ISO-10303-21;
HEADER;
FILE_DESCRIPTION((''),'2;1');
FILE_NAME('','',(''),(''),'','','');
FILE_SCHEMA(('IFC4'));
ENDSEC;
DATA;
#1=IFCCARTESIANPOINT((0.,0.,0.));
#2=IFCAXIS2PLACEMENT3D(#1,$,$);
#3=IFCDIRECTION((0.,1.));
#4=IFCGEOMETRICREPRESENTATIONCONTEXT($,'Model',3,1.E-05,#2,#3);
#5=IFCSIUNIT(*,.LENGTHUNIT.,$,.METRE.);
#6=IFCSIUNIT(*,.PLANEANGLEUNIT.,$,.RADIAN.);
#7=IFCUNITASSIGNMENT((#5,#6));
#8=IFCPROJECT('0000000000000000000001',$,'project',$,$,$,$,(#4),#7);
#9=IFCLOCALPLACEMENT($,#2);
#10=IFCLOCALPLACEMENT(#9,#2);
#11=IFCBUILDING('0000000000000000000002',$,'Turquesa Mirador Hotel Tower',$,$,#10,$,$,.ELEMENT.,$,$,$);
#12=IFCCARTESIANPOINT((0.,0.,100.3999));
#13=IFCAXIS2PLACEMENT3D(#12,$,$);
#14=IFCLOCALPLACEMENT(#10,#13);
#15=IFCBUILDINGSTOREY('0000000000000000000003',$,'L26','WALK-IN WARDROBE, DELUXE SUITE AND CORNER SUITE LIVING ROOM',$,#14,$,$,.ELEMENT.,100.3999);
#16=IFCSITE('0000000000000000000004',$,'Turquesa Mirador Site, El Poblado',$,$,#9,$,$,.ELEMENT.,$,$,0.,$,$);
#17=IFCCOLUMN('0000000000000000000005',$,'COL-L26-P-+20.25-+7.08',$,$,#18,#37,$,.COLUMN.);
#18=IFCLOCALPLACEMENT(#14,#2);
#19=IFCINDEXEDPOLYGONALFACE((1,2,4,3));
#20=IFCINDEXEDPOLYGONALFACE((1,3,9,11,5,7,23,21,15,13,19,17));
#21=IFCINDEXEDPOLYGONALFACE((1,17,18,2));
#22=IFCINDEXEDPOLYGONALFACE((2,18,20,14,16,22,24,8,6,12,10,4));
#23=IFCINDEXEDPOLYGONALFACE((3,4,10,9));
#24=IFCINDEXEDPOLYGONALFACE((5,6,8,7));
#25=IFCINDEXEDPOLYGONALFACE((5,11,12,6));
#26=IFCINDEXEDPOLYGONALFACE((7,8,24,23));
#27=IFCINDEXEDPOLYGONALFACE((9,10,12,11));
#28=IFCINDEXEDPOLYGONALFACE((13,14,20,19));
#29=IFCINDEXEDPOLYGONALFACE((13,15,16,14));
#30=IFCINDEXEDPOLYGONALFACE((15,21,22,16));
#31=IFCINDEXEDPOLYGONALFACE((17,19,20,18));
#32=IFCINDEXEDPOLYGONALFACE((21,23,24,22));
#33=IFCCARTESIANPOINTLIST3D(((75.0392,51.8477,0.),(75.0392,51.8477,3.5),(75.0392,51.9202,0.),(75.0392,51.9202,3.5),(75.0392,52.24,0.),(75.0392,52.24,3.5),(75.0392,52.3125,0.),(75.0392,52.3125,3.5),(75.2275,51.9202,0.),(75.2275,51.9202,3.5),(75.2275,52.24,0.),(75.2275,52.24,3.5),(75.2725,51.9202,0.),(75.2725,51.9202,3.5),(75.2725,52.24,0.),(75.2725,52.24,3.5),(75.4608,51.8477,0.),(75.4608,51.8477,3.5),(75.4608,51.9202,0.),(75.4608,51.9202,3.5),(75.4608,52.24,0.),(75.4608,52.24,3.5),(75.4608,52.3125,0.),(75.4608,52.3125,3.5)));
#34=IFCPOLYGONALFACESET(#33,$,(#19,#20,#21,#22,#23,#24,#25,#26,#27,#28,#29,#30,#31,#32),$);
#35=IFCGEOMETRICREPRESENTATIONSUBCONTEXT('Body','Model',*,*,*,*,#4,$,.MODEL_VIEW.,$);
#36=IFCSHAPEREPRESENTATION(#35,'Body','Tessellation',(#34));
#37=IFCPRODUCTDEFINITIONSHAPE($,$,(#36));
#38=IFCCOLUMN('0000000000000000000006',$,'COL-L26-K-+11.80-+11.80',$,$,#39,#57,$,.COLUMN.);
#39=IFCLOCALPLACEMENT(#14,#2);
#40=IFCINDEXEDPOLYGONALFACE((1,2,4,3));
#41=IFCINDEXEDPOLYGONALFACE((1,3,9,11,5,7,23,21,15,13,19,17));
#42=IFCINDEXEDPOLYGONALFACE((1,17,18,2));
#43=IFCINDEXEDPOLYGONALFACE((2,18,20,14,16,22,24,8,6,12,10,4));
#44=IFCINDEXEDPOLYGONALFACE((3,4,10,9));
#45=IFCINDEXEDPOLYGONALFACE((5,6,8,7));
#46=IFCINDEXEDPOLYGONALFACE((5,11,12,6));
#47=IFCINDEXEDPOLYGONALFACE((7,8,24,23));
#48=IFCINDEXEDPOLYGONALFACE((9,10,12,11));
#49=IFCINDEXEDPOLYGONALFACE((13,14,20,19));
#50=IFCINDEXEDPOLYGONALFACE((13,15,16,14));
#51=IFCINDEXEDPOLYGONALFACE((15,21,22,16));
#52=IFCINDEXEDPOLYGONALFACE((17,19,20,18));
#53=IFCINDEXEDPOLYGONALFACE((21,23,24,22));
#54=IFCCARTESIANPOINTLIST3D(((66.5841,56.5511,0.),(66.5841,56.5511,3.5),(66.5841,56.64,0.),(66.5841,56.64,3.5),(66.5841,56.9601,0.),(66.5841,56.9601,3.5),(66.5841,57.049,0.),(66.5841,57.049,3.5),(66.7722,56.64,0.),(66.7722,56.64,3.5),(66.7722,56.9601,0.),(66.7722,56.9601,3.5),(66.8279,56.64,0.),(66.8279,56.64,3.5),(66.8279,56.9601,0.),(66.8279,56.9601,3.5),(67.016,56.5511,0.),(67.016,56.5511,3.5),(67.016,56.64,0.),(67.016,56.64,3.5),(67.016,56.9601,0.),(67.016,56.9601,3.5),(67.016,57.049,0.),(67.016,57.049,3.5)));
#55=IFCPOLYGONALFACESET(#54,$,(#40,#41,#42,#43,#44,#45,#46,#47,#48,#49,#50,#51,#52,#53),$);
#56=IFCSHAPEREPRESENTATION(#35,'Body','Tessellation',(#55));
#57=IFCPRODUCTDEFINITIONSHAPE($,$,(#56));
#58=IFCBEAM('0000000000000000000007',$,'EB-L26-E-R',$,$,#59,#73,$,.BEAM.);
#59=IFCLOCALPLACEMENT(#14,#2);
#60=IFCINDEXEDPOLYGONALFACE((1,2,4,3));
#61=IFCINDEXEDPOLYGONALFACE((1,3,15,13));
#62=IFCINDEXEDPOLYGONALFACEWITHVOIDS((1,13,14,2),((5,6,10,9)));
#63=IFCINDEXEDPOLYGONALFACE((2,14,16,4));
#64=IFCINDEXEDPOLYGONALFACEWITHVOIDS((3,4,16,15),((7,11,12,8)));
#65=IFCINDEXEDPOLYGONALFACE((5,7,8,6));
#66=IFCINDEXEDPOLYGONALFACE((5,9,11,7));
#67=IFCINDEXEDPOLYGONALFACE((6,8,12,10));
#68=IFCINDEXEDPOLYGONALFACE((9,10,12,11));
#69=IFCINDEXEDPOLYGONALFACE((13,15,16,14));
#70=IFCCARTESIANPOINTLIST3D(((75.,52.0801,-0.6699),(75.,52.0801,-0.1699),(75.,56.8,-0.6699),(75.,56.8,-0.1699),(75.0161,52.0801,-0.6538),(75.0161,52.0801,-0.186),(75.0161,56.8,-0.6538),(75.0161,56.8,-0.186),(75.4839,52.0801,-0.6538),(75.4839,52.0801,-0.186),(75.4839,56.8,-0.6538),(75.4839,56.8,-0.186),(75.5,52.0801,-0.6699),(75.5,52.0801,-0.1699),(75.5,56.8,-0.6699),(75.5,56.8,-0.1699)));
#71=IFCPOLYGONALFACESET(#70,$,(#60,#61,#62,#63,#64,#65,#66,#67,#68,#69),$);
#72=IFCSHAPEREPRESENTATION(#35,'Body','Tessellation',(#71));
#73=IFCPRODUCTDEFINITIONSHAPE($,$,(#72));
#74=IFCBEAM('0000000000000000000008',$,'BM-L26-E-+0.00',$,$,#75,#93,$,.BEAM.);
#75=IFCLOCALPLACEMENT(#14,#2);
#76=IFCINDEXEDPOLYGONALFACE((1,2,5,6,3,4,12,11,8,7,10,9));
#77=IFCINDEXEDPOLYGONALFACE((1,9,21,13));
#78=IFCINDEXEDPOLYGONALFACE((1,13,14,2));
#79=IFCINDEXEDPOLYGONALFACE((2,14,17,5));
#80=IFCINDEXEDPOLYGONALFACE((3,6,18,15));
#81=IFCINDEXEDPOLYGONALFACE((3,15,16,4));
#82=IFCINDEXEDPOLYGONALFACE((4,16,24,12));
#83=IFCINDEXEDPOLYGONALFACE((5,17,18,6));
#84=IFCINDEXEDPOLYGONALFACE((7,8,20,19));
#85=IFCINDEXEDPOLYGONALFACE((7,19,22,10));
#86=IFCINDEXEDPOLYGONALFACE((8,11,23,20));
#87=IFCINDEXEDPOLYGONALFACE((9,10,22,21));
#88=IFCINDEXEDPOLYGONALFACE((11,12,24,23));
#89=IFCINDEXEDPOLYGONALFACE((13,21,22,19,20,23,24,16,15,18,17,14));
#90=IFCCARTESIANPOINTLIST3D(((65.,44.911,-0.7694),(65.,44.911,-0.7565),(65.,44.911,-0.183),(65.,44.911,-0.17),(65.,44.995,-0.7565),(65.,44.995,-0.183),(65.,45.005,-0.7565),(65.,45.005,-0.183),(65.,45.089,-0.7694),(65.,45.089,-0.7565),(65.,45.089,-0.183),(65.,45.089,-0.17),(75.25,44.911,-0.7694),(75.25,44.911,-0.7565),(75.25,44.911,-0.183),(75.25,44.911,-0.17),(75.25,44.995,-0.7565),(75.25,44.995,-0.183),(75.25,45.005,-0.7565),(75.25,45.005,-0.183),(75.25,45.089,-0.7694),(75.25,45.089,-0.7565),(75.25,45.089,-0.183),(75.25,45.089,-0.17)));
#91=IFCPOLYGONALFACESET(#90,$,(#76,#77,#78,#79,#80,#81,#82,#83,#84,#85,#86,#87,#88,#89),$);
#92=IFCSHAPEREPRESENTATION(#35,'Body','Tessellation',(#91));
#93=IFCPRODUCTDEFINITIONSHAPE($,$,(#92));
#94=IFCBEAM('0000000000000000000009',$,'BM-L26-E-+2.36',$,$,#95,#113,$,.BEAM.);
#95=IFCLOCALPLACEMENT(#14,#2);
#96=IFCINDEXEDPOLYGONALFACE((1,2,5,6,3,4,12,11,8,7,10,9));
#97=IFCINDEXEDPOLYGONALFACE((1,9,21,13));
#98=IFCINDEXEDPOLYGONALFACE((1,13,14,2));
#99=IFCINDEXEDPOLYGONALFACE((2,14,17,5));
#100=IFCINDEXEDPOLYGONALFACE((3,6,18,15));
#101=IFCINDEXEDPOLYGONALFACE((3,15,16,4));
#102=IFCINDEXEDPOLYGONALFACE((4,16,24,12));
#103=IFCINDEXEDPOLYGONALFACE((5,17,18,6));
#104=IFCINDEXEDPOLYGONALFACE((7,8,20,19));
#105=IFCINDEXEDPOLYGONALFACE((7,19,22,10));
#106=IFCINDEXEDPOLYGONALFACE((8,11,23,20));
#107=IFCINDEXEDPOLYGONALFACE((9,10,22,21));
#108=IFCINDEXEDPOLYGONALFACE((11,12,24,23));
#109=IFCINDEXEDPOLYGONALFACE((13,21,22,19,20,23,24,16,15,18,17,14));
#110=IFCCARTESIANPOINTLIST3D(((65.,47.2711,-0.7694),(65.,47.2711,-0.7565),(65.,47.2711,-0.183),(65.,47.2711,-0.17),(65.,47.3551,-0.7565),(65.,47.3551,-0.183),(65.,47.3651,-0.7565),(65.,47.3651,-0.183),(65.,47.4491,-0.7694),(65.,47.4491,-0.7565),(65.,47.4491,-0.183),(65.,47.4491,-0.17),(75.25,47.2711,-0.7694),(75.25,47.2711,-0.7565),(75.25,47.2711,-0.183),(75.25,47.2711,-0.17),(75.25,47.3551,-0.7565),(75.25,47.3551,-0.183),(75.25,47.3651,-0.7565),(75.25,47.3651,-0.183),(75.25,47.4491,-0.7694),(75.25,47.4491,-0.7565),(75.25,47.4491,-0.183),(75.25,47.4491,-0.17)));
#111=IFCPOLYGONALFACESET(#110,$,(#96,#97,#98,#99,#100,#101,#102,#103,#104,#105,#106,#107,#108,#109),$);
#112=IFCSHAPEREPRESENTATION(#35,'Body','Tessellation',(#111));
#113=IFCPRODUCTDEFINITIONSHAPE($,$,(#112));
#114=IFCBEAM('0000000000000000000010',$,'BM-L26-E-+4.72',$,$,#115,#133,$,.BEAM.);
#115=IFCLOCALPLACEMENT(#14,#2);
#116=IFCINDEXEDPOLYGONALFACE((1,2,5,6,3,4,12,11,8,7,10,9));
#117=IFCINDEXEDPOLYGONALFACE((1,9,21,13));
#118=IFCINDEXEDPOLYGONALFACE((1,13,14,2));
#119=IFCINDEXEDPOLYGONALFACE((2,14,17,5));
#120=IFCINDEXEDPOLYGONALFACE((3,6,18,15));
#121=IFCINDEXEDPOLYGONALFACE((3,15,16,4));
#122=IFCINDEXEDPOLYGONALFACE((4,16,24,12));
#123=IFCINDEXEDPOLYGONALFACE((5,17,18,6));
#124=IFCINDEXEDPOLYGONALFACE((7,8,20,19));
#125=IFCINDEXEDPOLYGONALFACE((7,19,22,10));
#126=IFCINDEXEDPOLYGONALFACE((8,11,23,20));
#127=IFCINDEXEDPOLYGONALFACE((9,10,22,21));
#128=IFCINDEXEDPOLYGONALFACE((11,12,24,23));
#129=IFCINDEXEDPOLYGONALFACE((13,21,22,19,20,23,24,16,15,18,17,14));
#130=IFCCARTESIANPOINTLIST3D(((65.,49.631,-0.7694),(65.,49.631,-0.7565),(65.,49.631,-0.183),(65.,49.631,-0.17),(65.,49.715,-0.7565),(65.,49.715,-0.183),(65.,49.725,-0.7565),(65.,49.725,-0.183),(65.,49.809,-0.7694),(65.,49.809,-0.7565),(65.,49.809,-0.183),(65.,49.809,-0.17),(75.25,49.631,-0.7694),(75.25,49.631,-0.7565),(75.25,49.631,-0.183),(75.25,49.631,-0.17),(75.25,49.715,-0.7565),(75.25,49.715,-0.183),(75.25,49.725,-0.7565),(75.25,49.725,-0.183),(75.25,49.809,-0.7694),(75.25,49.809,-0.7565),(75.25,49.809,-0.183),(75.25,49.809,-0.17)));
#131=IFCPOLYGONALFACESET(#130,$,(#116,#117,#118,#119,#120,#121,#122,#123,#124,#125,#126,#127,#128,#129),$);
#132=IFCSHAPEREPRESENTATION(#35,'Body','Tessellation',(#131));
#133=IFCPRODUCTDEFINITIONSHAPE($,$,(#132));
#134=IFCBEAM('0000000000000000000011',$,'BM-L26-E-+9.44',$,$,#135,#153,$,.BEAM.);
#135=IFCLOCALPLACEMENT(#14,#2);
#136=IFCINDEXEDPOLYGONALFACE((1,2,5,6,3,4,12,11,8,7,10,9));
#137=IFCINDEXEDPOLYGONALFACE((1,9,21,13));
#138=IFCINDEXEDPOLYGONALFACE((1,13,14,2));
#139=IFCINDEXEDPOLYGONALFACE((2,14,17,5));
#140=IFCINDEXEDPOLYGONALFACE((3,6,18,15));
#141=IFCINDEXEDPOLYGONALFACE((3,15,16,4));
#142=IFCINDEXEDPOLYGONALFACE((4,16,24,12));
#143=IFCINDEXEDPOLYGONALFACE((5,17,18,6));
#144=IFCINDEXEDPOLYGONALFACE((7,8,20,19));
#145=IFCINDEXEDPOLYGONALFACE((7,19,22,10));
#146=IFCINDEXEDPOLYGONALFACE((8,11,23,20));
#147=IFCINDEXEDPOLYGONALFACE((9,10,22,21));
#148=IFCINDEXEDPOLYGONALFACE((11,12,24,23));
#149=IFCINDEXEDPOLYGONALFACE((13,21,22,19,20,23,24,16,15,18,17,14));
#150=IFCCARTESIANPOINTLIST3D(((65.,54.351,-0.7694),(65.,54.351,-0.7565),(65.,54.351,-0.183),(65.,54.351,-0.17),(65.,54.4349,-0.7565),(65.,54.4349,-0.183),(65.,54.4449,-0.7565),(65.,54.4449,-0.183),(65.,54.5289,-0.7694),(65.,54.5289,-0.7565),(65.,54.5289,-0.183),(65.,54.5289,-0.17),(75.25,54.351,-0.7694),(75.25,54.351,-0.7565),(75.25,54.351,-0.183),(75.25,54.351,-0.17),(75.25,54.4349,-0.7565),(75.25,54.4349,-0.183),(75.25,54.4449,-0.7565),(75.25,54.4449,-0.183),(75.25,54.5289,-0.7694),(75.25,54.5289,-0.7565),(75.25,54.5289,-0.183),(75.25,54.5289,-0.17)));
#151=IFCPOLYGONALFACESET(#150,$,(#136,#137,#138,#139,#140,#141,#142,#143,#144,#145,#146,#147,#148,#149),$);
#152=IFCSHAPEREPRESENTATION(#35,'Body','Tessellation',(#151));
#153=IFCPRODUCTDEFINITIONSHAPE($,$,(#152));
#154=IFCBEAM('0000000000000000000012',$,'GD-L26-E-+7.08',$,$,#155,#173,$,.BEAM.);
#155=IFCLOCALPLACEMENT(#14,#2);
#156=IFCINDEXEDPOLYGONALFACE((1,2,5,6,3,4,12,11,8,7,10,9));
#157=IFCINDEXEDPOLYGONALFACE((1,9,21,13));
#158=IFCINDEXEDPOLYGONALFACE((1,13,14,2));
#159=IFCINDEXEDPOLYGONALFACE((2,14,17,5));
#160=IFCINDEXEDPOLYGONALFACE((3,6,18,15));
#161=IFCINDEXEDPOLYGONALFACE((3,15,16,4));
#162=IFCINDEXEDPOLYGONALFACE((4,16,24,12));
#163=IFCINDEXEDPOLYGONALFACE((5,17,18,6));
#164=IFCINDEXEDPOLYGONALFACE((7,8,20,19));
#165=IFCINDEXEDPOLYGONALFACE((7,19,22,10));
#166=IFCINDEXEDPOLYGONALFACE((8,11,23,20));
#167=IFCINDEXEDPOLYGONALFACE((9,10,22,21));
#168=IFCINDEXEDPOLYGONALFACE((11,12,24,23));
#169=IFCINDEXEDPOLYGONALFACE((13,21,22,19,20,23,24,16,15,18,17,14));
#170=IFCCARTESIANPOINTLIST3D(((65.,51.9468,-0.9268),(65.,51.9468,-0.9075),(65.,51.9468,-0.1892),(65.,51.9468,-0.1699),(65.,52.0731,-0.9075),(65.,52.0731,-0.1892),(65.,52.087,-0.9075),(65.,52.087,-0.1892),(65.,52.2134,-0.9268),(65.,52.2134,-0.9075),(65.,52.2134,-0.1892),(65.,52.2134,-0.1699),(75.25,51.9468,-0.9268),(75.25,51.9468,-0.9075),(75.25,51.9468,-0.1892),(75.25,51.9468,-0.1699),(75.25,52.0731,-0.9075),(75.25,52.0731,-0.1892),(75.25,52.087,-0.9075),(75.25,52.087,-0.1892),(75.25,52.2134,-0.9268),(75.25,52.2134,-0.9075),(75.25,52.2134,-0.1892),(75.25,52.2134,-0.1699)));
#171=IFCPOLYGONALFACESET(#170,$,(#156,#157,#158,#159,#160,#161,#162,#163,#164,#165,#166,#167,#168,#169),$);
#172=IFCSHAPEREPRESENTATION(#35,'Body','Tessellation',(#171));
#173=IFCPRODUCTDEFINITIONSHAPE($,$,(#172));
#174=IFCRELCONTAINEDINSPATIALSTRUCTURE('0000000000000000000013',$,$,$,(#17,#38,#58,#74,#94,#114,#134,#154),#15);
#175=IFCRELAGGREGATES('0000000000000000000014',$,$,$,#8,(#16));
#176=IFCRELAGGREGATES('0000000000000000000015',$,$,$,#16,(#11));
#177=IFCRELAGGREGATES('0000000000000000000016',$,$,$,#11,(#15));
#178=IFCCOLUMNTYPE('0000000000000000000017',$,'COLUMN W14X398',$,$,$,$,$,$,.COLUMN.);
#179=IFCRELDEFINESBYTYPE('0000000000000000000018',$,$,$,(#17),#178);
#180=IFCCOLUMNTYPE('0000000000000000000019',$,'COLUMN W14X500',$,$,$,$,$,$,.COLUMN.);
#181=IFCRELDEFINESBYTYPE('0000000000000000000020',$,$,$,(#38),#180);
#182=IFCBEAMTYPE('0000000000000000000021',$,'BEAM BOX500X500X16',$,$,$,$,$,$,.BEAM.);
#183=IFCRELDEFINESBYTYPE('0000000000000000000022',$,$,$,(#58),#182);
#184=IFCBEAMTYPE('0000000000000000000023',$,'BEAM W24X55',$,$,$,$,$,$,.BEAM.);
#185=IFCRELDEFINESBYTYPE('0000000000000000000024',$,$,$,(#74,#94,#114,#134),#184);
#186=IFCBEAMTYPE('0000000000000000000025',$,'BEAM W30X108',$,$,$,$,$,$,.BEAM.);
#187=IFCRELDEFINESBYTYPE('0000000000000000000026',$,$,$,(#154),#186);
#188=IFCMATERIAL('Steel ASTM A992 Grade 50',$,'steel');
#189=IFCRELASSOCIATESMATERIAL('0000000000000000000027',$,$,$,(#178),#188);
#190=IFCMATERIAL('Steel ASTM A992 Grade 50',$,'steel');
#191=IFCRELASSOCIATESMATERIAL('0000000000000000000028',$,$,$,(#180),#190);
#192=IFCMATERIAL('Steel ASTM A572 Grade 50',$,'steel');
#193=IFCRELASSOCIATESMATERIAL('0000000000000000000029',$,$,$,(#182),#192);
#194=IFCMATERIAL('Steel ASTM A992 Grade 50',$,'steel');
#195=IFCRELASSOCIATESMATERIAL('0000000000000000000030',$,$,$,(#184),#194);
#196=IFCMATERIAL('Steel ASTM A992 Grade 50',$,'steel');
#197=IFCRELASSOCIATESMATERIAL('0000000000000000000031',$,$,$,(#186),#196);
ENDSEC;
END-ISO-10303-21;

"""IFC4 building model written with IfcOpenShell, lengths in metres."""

from ifc_helpers import new_model, si_unit, direction, frame, origin, origin_2d, place, context, subcontext, project, spatial, hollow_rectangle, i_section, extrude, material, material_profile, profile_set, type_object, element, save


model = new_model("IFC4")

# Units and contexts
model_context = context("Model", 3, precision=1e-05, world=origin(), true_north=direction((0.0, 1.0)))
body_context = subcontext(model_context, "Body", "Model", "MODEL_VIEW")
ifc_project = project(units=[si_unit("LENGTHUNIT", "METRE"), si_unit("PLANEANGLEUNIT", "RADIAN")], contexts=[model_context])

# Site, building, storey
site_placement = place(None, origin())
site = spatial("IfcSite", under=ifc_project, at=site_placement, Name="Turquesa Mirador Site, El Poblado", CompositionType="ELEMENT", RefElevation=0.0)
building_placement = place(site_placement, origin())
building = spatial("IfcBuilding", under=site, at=building_placement, Name="Turquesa Mirador Hotel Tower", CompositionType="ELEMENT")
storey_placement = place(building_placement, frame((0.0, 0.0, 100.3999)))
storey = spatial("IfcBuildingStorey", under=building, at=storey_placement, Name="L26", Description="WALK-IN WARDROBE, DELUXE SUITE AND CORNER SUITE LIVING ROOM", CompositionType="ELEMENT", Elevation=100.3999)

# Columns
ifc_material_1 = material(Name="Steel ASTM A992 Grade 50", Category="steel")
ifc_material_profile_1 = material_profile(ifc_material_1, i_section(OverallWidth=0.4216, OverallDepth=0.4648, WebThickness=0.0449, FlangeThickness=0.0725, at=origin_2d()), Name="W14X398")
ifc_profile_set_1 = profile_set([ifc_material_profile_1], Name="Steel ASTM A992 Grade 50")
column_type_1 = type_object("IfcColumnType", Name="COLUMN W14X398", PredefinedType="COLUMN", material=ifc_profile_set_1)
column_1_placement = place(storey_placement, frame((75.25, 52.0801, 0.0), z_axis=(0.0, 0.0, 1.0), x_axis=(1.0, 0.0, 0.0)))
element("IfcColumn", 1, at=column_1_placement, inside=storey, type_object=column_type_1, Name="COL-L26-P-+20.25-+7.08", PredefinedType="COLUMN", context=body_context, shape_type="SweptSolid", body=[
    extrude(i_section(OverallWidth=0.4216, OverallDepth=0.4648, WebThickness=0.0449, FlangeThickness=0.0725, at=origin_2d()), origin(), (0.0, 0.0, 1.0), 3.5),
])
ifc_material_2 = material(Name="Steel ASTM A992 Grade 50", Category="steel")
ifc_material_profile_2 = material_profile(ifc_material_2, i_section(OverallWidth=0.4319, OverallDepth=0.4978, WebThickness=0.0557, FlangeThickness=0.0889, at=origin_2d()), Name="W14X500")
ifc_profile_set_2 = profile_set([ifc_material_profile_2], Name="Steel ASTM A992 Grade 50")
column_type_2 = type_object("IfcColumnType", Name="COLUMN W14X500", PredefinedType="COLUMN", material=ifc_profile_set_2)
column_2_placement = place(storey_placement, frame((66.8, 56.8, 0.0), z_axis=(0.0, 0.0, 1.0), x_axis=(1.0, 0.0, 0.0)))
element("IfcColumn", 2, at=column_2_placement, inside=storey, type_object=column_type_2, Name="COL-L26-K-+11.80-+11.80", PredefinedType="COLUMN", context=body_context, shape_type="SweptSolid", body=[
    extrude(i_section(OverallWidth=0.4319, OverallDepth=0.4978, WebThickness=0.0557, FlangeThickness=0.0889, at=origin_2d()), origin(), (0.0, 0.0, 1.0), 3.5),
])

# Beams
ifc_material_3 = material(Name="Steel ASTM A572 Grade 50", Category="steel")
ifc_material_profile_3 = material_profile(ifc_material_3, hollow_rectangle(XDim=0.5, YDim=0.5, WallThickness=0.0161, at=origin_2d()), Name="BOX500X500X16")
ifc_profile_set_3 = profile_set([ifc_material_profile_3], Name="Steel ASTM A572 Grade 50")
beam_type_1 = type_object("IfcBeamType", Name="BEAM BOX500X500X16", PredefinedType="BEAM", material=ifc_profile_set_3)
beam_1_placement = place(storey_placement, frame((75.25, 52.0801, -0.4199), z_axis=(0.0, 1.0, 0.0), x_axis=(-1.0, 0.0, 0.0)))
element("IfcBeam", 3, at=beam_1_placement, inside=storey, type_object=beam_type_1, Name="EB-L26-E-R", PredefinedType="BEAM", context=body_context, shape_type="SweptSolid", body=[
    extrude(hollow_rectangle(XDim=0.5, YDim=0.5, WallThickness=0.0161, at=origin_2d()), origin(), (0.0, 0.0, 1.0), 4.72),
])
ifc_material_4 = material(Name="Steel ASTM A992 Grade 50", Category="steel")
ifc_material_profile_4 = material_profile(ifc_material_4, i_section(OverallWidth=0.178, OverallDepth=0.5994, WebThickness=0.01, FlangeThickness=0.0129, at=origin_2d()), Name="W24X55")
ifc_profile_set_4 = profile_set([ifc_material_profile_4], Name="Steel ASTM A992 Grade 50")
beam_type_2 = type_object("IfcBeamType", Name="BEAM W24X55", PredefinedType="BEAM", material=ifc_profile_set_4)
for number, where, z_axis, x_axis, name in (
    (4, (75.25, 45.0, -0.4697), (-1.0, 0.0, 0.0), (0.0, -1.0, 0.0), "BM-L26-E-+0.00"),
    (5, (75.25, 47.3601, -0.4697), (-1.0, 0.0, 0.0), (0.0, -1.0, 0.0), "BM-L26-E-+2.36"),
    (6, (75.25, 49.72, -0.4697), (-1.0, 0.0, 0.0), (0.0, -1.0, 0.0), "BM-L26-E-+4.72"),
    (7, (75.25, 54.4399, -0.4697), (-1.0, 0.0, 0.0), (0.0, -1.0, 0.0), "BM-L26-E-+9.44"),
):
    element("IfcBeam", number, at=place(storey_placement, frame(where, z_axis=z_axis, x_axis=x_axis)), inside=storey, type_object=beam_type_2, Name=name, PredefinedType="BEAM", context=body_context, shape_type="SweptSolid", body=[
        extrude(i_section(OverallWidth=0.178, OverallDepth=0.5994, WebThickness=0.01, FlangeThickness=0.0129, at=origin_2d()), origin(), (0.0, 0.0, 1.0), 10.25),
    ])
ifc_material_5 = material(Name="Steel ASTM A992 Grade 50", Category="steel")
ifc_material_profile_5 = material_profile(ifc_material_5, i_section(OverallWidth=0.2666, OverallDepth=0.7568, WebThickness=0.0139, FlangeThickness=0.0193, at=origin_2d()), Name="W30X108")
ifc_profile_set_5 = profile_set([ifc_material_profile_5], Name="Steel ASTM A992 Grade 50")
beam_type_3 = type_object("IfcBeamType", Name="BEAM W30X108", PredefinedType="BEAM", material=ifc_profile_set_5)
beam_2_placement = place(storey_placement, frame((75.25, 52.0801, -0.5483), z_axis=(-1.0, 0.0, 0.0), x_axis=(0.0, -1.0, 0.0)))
element("IfcBeam", 8, at=beam_2_placement, inside=storey, type_object=beam_type_3, Name="GD-L26-E-+7.08", PredefinedType="BEAM", context=body_context, shape_type="SweptSolid", body=[
    extrude(i_section(OverallWidth=0.2666, OverallDepth=0.7568, WebThickness=0.0139, FlangeThickness=0.0193, at=origin_2d()), origin(), (0.0, 0.0, 1.0), 10.25),
])

save(model, "model.ifc")
